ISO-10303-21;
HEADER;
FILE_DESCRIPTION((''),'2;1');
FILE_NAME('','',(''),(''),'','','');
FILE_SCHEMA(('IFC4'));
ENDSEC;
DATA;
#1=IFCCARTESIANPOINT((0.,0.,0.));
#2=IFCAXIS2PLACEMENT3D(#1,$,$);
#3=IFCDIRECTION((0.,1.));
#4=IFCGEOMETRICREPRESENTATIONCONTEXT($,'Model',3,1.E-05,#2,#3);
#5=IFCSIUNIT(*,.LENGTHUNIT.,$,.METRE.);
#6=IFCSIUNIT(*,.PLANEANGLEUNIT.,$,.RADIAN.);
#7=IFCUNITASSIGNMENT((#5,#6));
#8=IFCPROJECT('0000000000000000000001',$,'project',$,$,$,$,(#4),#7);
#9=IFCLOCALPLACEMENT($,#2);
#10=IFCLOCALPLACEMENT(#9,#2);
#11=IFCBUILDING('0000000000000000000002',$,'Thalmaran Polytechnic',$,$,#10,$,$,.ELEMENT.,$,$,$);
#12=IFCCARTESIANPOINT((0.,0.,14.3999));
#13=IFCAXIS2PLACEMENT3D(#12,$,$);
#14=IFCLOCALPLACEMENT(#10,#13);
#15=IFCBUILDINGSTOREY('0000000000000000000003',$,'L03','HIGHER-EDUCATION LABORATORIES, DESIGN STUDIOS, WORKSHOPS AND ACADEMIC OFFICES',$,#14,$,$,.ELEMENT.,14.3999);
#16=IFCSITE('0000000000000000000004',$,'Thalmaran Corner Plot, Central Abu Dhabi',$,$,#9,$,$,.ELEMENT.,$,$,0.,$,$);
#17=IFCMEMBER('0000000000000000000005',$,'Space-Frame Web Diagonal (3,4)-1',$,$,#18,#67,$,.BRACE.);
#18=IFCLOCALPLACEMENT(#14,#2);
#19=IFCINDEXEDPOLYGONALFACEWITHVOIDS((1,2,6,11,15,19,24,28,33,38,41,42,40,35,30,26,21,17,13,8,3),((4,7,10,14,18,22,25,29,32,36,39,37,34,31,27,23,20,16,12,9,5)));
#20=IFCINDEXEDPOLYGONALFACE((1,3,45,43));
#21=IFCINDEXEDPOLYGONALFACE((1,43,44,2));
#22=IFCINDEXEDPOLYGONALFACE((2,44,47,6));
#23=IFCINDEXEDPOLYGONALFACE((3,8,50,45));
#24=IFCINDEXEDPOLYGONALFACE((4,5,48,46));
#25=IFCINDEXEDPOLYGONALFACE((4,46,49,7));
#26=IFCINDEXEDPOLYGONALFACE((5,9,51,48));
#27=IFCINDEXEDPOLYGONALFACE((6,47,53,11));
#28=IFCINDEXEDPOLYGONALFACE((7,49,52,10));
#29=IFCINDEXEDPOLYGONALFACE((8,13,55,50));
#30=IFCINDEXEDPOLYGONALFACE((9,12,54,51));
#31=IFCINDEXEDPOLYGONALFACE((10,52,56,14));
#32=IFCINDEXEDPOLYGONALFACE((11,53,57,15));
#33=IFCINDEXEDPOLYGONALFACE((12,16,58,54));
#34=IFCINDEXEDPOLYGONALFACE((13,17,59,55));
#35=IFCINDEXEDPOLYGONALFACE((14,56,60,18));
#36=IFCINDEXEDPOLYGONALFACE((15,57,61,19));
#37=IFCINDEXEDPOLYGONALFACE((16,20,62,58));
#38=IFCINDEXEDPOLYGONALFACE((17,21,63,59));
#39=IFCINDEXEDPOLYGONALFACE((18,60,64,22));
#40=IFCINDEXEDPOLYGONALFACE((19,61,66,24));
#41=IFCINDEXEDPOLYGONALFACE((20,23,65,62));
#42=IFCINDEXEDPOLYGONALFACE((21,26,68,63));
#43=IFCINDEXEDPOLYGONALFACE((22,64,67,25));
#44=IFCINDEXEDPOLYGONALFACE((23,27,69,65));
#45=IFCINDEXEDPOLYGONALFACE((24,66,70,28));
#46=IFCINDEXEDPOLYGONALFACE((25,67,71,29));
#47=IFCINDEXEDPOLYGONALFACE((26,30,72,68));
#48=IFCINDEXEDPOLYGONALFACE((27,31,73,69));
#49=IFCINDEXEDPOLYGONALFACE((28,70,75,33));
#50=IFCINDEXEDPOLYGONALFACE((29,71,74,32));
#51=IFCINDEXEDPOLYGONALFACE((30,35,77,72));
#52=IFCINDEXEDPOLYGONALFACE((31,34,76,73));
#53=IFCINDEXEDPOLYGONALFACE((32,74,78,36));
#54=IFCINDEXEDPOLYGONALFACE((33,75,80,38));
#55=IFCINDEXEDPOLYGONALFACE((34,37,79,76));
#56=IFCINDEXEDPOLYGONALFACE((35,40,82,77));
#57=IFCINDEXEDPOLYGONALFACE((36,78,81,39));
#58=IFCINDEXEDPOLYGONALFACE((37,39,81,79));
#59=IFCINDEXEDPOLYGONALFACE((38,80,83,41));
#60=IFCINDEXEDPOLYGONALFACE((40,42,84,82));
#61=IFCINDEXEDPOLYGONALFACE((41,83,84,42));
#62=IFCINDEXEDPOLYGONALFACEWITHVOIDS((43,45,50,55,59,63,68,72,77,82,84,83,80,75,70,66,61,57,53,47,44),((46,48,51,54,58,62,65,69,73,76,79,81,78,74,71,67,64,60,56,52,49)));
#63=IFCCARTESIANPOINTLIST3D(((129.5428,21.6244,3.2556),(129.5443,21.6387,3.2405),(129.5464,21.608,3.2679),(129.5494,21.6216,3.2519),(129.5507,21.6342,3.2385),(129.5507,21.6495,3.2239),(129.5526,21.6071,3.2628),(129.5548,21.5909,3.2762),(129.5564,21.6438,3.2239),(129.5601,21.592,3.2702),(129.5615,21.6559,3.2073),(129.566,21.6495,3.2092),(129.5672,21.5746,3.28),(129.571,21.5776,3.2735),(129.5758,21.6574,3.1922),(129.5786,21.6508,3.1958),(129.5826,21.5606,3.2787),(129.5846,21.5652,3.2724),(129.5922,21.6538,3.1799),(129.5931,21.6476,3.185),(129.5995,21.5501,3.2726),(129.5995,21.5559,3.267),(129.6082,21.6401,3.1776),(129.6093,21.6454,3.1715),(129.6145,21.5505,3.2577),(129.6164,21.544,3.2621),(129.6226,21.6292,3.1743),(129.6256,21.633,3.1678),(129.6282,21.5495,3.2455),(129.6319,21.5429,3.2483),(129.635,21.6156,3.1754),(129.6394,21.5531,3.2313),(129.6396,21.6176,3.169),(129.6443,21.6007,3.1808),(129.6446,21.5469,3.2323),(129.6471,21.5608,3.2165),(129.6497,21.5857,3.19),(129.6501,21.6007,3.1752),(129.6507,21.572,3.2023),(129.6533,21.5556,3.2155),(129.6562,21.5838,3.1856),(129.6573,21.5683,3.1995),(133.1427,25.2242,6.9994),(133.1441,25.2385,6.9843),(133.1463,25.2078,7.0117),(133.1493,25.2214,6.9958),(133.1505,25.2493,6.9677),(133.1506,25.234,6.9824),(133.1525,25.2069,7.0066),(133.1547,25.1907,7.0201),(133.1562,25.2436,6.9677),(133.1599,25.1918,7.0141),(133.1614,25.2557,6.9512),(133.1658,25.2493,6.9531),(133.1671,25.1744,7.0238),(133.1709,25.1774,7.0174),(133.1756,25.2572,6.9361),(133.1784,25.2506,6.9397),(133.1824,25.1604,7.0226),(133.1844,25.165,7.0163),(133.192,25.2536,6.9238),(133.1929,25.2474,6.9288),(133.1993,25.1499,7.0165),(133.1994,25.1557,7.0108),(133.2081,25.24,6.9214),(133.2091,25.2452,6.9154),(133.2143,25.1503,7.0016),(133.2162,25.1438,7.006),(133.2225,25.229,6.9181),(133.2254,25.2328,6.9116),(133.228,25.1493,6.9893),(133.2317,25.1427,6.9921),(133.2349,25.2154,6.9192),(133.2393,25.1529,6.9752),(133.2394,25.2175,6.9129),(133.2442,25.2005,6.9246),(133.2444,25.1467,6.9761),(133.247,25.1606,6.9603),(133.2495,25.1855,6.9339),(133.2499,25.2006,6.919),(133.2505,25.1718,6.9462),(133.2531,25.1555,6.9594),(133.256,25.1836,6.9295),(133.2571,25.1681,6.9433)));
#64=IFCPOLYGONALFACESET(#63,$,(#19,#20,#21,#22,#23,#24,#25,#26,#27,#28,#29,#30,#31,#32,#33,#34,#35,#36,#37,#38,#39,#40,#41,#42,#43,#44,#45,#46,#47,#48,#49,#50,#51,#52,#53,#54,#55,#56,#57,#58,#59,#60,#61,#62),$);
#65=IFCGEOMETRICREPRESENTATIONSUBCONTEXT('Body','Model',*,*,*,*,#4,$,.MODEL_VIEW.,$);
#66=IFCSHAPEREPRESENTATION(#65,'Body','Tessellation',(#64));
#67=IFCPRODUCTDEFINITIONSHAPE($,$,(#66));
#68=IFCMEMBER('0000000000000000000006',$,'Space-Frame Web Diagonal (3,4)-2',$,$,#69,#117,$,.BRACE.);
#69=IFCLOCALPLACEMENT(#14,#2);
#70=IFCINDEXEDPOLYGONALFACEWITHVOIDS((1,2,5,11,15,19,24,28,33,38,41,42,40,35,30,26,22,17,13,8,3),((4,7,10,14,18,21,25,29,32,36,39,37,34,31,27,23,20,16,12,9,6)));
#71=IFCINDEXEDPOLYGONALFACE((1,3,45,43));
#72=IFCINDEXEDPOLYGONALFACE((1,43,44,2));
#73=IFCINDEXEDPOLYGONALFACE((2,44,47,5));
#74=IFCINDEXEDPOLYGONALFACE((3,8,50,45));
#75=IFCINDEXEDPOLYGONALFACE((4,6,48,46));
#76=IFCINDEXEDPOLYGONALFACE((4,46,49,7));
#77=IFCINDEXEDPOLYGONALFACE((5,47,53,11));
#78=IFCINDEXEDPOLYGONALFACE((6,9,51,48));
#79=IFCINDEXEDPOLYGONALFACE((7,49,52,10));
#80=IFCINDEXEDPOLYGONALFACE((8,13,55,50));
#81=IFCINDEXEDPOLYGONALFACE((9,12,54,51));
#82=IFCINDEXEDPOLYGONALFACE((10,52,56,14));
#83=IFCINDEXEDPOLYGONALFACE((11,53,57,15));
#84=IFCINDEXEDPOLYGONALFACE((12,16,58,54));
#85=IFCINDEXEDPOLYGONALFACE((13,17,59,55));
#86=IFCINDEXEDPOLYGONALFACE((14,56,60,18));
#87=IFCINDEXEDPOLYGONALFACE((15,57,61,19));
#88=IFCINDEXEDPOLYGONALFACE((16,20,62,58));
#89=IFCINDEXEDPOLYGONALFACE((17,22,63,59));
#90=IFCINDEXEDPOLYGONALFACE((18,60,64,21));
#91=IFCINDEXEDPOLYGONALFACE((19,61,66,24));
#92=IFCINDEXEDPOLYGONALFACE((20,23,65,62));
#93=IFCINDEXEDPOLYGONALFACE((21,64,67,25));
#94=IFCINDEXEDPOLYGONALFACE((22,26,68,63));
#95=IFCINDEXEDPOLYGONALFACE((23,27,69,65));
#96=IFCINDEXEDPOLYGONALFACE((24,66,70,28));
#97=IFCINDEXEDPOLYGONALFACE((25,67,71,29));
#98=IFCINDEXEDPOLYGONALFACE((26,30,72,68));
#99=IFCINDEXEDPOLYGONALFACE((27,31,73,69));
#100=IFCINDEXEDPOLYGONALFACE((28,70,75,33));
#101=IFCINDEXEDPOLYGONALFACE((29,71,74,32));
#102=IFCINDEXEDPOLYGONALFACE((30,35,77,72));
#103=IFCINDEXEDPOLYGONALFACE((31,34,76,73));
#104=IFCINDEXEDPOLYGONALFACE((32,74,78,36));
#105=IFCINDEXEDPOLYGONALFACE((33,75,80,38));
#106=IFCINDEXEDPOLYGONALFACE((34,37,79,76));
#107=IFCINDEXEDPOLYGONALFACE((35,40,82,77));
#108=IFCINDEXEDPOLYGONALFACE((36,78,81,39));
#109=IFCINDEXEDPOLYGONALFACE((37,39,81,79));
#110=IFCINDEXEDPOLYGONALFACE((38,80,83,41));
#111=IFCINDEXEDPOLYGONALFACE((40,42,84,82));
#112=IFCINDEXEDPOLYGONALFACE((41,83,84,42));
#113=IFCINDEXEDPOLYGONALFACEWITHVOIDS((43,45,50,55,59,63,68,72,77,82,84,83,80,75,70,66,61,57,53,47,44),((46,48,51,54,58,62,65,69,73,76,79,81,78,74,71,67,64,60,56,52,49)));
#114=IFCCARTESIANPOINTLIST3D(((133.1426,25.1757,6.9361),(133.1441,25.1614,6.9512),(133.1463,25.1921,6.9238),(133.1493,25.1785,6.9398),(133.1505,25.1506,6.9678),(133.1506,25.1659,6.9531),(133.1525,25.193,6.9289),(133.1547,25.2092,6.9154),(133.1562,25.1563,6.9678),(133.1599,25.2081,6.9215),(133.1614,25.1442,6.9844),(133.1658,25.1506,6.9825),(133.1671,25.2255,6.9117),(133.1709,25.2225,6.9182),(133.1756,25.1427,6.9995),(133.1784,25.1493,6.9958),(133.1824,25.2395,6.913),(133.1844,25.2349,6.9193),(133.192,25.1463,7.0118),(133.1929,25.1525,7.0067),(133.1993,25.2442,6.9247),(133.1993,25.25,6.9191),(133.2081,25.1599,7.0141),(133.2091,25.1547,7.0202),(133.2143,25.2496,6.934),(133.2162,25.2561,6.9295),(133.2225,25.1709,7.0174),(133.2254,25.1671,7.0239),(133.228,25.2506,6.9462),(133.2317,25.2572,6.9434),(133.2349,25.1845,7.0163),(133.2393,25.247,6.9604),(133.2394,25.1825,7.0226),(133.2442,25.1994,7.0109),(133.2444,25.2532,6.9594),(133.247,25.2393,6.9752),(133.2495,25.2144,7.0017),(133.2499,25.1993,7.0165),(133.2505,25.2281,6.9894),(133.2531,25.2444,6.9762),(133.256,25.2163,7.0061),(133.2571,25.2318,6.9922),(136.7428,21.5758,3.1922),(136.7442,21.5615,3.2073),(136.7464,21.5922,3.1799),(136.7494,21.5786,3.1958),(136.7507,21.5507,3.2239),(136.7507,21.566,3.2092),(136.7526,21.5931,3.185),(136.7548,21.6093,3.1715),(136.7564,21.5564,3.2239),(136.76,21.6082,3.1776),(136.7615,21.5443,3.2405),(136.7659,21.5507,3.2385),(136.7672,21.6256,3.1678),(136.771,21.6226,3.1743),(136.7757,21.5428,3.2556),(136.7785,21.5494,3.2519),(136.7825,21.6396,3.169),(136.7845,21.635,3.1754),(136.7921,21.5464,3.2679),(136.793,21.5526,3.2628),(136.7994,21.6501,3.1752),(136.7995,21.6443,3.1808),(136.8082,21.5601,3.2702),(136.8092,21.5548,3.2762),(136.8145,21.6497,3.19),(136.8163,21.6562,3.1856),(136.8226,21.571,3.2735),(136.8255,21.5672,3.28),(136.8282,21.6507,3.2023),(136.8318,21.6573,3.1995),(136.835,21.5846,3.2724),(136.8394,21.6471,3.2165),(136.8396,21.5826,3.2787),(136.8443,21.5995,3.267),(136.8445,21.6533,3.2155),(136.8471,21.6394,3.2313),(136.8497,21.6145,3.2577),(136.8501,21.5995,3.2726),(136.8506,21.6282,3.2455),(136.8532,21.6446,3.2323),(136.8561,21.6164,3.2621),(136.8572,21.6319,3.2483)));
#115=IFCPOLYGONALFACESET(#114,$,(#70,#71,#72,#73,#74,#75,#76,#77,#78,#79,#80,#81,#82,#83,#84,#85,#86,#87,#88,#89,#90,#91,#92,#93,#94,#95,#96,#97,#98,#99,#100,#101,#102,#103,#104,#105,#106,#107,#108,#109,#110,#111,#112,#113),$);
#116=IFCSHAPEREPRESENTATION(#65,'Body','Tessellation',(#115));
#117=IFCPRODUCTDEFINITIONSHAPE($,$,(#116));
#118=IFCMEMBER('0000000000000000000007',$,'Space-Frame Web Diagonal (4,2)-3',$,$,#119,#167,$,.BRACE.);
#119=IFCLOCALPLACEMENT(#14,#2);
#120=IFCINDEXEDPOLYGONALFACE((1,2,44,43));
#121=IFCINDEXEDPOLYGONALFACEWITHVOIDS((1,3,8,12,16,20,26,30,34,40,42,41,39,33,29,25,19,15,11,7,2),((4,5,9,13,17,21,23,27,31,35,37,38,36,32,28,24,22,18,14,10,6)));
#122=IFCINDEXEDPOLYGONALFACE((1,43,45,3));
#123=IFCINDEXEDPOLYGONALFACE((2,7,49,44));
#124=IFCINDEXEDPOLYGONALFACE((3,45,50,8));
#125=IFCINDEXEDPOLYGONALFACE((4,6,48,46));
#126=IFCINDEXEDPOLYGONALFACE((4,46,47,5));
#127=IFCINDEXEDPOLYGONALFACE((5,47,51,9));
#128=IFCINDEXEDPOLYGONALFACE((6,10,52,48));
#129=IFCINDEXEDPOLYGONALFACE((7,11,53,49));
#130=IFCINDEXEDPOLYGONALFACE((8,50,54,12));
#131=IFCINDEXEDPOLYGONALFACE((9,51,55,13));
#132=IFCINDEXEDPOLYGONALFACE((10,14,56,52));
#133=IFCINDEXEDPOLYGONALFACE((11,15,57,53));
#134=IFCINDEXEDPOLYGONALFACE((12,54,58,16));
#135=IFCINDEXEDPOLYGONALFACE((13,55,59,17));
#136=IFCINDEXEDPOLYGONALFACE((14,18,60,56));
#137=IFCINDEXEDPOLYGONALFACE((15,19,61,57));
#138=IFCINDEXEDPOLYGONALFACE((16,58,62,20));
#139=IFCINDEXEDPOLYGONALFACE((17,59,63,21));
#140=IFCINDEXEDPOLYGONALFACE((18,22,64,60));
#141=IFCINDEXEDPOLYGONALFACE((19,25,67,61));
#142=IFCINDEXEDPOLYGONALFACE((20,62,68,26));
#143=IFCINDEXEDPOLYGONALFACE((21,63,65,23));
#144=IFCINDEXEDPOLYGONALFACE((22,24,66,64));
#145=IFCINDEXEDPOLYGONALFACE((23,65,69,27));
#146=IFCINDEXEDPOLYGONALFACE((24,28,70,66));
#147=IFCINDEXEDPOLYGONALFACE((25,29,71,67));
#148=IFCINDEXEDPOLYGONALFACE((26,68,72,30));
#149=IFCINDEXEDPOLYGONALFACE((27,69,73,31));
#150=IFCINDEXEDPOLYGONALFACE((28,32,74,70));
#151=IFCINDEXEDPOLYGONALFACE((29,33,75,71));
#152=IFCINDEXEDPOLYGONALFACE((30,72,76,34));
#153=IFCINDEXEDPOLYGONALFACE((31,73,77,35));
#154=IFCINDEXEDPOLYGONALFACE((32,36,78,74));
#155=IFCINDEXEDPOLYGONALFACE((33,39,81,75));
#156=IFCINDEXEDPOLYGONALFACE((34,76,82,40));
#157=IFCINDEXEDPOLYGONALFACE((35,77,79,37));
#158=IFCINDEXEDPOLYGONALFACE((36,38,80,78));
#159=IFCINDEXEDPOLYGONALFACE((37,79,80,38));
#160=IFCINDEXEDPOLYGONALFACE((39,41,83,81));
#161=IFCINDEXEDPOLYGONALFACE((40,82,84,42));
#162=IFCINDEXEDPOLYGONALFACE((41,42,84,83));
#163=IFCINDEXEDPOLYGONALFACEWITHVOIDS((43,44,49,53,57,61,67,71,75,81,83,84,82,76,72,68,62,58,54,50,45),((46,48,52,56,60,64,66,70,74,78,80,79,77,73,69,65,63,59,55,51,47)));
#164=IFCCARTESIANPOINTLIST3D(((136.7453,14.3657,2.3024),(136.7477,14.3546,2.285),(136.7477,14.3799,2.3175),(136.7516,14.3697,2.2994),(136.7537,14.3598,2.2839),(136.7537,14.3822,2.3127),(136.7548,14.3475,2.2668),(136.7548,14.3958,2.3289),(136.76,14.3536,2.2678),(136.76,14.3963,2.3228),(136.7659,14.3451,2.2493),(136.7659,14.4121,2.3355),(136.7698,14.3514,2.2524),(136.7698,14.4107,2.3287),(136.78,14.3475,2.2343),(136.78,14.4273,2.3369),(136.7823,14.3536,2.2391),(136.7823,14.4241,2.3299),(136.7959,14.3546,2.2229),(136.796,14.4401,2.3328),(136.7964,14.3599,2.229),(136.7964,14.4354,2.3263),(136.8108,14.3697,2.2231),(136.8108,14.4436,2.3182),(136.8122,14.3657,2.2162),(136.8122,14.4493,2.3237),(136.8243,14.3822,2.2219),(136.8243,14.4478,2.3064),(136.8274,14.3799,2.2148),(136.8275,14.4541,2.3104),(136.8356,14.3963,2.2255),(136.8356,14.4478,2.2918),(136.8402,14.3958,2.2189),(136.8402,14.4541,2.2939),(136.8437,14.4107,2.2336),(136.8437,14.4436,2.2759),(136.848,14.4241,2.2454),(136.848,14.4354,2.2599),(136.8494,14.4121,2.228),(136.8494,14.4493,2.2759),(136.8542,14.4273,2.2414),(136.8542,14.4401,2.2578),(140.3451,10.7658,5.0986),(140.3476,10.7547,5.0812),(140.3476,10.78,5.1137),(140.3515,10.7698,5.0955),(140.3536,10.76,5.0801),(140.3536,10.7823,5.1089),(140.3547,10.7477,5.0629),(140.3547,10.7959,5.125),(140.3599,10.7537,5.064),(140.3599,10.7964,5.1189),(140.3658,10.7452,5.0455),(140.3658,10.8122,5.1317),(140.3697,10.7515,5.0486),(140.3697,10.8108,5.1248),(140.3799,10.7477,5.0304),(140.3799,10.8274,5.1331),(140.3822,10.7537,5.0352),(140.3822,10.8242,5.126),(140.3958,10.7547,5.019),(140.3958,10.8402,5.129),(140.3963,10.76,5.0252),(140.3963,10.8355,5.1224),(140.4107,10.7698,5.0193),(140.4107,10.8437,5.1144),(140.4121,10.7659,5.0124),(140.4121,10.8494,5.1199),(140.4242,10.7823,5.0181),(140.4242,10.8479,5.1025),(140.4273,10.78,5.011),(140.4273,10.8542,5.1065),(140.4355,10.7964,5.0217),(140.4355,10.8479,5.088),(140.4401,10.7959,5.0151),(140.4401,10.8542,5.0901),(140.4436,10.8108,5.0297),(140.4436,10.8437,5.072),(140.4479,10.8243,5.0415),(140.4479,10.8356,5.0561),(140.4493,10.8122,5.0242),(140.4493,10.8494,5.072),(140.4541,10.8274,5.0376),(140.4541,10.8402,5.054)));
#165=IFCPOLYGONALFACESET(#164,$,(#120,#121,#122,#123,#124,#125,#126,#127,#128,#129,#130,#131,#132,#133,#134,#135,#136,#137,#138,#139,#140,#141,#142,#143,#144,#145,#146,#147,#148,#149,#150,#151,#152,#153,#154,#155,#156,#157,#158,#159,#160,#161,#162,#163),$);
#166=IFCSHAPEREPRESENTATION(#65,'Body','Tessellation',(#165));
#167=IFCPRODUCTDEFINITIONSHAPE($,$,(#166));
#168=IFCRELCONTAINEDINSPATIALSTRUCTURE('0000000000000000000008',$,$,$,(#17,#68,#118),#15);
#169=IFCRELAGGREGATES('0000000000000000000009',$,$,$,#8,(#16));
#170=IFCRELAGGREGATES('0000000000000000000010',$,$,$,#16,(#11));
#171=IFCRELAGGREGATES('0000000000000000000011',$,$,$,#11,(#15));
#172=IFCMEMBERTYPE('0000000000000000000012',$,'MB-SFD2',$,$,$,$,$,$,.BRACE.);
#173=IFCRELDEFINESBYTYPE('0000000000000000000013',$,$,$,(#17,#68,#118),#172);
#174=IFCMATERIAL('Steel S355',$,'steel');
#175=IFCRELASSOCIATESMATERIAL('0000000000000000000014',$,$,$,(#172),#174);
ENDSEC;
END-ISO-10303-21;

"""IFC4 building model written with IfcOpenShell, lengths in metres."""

from ifc_helpers import new_model, si_unit, direction, frame, origin, origin_2d, place, context, subcontext, project, spatial, hollow_circle, extrude, material, material_profile, profile_set, type_object, element, save


model = new_model("IFC4")

# Units and contexts
model_context = context("Model", 3, precision=1e-05, world=origin(), true_north=direction((0.0, 1.0)))
body_context = subcontext(model_context, "Body", "Model", "MODEL_VIEW")
ifc_project = project(units=[si_unit("LENGTHUNIT", "METRE"), si_unit("PLANEANGLEUNIT", "RADIAN")], contexts=[model_context])

# Site, building, storey
site_placement = place(None, origin())
site = spatial("IfcSite", under=ifc_project, at=site_placement, Name="Thalmaran Corner Plot, Central Abu Dhabi", CompositionType="ELEMENT", RefElevation=0.0)
building_placement = place(site_placement, origin())
building = spatial("IfcBuilding", under=site, at=building_placement, Name="Thalmaran Polytechnic", CompositionType="ELEMENT")
storey_placement = place(building_placement, frame((0.0, 0.0, 14.3999)))
storey = spatial("IfcBuildingStorey", under=building, at=storey_placement, Name="L03", Description="HIGHER-EDUCATION LABORATORIES, DESIGN STUDIOS, WORKSHOPS AND ACADEMIC OFFICES", CompositionType="ELEMENT", Elevation=14.3999)

# Members
ifc_material = material(Name="Steel S355", Category="steel")
ifc_material_profile_1 = material_profile(ifc_material, hollow_circle(Radius=0.0698, WallThickness=0.0081, at=origin_2d()), Name="CHS 139.7x8.0")
ifc_profile_set_1 = profile_set([ifc_material_profile_1], Name="Steel S355")
member_type_1 = type_object("IfcMemberType", Name="MB-SFD2", PredefinedType="BRACE", material=ifc_profile_set_1)
member_1_placement = place(storey_placement, frame((129.6001, 21.6001, 3.2239), z_axis=(0.569652, 0.569652, 0.592446), x_axis=(-0.707107, 0.707107, 0.0)))
element("IfcMember", 1, at=member_1_placement, inside=storey, type_object=member_type_1, Name="Space-Frame Web Diagonal (3,4)-1", PredefinedType="BRACE", context=body_context, shape_type="SweptSolid", body=[
    extrude(hollow_circle(Radius=0.0698, WallThickness=0.0081, at=origin_2d()), origin(), (0.0, 0.0, 1.0), 6.3193),
])
member_2_placement = place(storey_placement, frame((136.8, 21.6001, 3.2239), z_axis=(-0.569678, 0.56964, 0.592433), x_axis=(-0.707083, -0.707131, 0.0)))
element("IfcMember", 2, at=member_2_placement, inside=storey, type_object=member_type_1, Name="Space-Frame Web Diagonal (3,4)-2", PredefinedType="BRACE", context=body_context, shape_type="SweptSolid", body=[
    extrude(hollow_circle(Radius=0.0698, WallThickness=0.0081, at=origin_2d()), origin(), (0.0, 0.0, 1.0), 6.3196),
])
member_3_placement = place(storey_placement, frame((136.8, 14.3999, 2.2759), z_axis=(0.619778, -0.619778, 0.481405), x_axis=(0.707107, 0.707107, 0.0)))
element("IfcMember", 3, at=member_3_placement, inside=storey, type_object=member_type_1, Name="Space-Frame Web Diagonal (4,2)-3", PredefinedType="BRACE", context=body_context, shape_type="SweptSolid", body=[
    extrude(hollow_circle(Radius=0.0698, WallThickness=0.0081, at=origin_2d()), origin(), (0.0, 0.0, 1.0), 5.8083),
])

save(model, "model.ifc")
